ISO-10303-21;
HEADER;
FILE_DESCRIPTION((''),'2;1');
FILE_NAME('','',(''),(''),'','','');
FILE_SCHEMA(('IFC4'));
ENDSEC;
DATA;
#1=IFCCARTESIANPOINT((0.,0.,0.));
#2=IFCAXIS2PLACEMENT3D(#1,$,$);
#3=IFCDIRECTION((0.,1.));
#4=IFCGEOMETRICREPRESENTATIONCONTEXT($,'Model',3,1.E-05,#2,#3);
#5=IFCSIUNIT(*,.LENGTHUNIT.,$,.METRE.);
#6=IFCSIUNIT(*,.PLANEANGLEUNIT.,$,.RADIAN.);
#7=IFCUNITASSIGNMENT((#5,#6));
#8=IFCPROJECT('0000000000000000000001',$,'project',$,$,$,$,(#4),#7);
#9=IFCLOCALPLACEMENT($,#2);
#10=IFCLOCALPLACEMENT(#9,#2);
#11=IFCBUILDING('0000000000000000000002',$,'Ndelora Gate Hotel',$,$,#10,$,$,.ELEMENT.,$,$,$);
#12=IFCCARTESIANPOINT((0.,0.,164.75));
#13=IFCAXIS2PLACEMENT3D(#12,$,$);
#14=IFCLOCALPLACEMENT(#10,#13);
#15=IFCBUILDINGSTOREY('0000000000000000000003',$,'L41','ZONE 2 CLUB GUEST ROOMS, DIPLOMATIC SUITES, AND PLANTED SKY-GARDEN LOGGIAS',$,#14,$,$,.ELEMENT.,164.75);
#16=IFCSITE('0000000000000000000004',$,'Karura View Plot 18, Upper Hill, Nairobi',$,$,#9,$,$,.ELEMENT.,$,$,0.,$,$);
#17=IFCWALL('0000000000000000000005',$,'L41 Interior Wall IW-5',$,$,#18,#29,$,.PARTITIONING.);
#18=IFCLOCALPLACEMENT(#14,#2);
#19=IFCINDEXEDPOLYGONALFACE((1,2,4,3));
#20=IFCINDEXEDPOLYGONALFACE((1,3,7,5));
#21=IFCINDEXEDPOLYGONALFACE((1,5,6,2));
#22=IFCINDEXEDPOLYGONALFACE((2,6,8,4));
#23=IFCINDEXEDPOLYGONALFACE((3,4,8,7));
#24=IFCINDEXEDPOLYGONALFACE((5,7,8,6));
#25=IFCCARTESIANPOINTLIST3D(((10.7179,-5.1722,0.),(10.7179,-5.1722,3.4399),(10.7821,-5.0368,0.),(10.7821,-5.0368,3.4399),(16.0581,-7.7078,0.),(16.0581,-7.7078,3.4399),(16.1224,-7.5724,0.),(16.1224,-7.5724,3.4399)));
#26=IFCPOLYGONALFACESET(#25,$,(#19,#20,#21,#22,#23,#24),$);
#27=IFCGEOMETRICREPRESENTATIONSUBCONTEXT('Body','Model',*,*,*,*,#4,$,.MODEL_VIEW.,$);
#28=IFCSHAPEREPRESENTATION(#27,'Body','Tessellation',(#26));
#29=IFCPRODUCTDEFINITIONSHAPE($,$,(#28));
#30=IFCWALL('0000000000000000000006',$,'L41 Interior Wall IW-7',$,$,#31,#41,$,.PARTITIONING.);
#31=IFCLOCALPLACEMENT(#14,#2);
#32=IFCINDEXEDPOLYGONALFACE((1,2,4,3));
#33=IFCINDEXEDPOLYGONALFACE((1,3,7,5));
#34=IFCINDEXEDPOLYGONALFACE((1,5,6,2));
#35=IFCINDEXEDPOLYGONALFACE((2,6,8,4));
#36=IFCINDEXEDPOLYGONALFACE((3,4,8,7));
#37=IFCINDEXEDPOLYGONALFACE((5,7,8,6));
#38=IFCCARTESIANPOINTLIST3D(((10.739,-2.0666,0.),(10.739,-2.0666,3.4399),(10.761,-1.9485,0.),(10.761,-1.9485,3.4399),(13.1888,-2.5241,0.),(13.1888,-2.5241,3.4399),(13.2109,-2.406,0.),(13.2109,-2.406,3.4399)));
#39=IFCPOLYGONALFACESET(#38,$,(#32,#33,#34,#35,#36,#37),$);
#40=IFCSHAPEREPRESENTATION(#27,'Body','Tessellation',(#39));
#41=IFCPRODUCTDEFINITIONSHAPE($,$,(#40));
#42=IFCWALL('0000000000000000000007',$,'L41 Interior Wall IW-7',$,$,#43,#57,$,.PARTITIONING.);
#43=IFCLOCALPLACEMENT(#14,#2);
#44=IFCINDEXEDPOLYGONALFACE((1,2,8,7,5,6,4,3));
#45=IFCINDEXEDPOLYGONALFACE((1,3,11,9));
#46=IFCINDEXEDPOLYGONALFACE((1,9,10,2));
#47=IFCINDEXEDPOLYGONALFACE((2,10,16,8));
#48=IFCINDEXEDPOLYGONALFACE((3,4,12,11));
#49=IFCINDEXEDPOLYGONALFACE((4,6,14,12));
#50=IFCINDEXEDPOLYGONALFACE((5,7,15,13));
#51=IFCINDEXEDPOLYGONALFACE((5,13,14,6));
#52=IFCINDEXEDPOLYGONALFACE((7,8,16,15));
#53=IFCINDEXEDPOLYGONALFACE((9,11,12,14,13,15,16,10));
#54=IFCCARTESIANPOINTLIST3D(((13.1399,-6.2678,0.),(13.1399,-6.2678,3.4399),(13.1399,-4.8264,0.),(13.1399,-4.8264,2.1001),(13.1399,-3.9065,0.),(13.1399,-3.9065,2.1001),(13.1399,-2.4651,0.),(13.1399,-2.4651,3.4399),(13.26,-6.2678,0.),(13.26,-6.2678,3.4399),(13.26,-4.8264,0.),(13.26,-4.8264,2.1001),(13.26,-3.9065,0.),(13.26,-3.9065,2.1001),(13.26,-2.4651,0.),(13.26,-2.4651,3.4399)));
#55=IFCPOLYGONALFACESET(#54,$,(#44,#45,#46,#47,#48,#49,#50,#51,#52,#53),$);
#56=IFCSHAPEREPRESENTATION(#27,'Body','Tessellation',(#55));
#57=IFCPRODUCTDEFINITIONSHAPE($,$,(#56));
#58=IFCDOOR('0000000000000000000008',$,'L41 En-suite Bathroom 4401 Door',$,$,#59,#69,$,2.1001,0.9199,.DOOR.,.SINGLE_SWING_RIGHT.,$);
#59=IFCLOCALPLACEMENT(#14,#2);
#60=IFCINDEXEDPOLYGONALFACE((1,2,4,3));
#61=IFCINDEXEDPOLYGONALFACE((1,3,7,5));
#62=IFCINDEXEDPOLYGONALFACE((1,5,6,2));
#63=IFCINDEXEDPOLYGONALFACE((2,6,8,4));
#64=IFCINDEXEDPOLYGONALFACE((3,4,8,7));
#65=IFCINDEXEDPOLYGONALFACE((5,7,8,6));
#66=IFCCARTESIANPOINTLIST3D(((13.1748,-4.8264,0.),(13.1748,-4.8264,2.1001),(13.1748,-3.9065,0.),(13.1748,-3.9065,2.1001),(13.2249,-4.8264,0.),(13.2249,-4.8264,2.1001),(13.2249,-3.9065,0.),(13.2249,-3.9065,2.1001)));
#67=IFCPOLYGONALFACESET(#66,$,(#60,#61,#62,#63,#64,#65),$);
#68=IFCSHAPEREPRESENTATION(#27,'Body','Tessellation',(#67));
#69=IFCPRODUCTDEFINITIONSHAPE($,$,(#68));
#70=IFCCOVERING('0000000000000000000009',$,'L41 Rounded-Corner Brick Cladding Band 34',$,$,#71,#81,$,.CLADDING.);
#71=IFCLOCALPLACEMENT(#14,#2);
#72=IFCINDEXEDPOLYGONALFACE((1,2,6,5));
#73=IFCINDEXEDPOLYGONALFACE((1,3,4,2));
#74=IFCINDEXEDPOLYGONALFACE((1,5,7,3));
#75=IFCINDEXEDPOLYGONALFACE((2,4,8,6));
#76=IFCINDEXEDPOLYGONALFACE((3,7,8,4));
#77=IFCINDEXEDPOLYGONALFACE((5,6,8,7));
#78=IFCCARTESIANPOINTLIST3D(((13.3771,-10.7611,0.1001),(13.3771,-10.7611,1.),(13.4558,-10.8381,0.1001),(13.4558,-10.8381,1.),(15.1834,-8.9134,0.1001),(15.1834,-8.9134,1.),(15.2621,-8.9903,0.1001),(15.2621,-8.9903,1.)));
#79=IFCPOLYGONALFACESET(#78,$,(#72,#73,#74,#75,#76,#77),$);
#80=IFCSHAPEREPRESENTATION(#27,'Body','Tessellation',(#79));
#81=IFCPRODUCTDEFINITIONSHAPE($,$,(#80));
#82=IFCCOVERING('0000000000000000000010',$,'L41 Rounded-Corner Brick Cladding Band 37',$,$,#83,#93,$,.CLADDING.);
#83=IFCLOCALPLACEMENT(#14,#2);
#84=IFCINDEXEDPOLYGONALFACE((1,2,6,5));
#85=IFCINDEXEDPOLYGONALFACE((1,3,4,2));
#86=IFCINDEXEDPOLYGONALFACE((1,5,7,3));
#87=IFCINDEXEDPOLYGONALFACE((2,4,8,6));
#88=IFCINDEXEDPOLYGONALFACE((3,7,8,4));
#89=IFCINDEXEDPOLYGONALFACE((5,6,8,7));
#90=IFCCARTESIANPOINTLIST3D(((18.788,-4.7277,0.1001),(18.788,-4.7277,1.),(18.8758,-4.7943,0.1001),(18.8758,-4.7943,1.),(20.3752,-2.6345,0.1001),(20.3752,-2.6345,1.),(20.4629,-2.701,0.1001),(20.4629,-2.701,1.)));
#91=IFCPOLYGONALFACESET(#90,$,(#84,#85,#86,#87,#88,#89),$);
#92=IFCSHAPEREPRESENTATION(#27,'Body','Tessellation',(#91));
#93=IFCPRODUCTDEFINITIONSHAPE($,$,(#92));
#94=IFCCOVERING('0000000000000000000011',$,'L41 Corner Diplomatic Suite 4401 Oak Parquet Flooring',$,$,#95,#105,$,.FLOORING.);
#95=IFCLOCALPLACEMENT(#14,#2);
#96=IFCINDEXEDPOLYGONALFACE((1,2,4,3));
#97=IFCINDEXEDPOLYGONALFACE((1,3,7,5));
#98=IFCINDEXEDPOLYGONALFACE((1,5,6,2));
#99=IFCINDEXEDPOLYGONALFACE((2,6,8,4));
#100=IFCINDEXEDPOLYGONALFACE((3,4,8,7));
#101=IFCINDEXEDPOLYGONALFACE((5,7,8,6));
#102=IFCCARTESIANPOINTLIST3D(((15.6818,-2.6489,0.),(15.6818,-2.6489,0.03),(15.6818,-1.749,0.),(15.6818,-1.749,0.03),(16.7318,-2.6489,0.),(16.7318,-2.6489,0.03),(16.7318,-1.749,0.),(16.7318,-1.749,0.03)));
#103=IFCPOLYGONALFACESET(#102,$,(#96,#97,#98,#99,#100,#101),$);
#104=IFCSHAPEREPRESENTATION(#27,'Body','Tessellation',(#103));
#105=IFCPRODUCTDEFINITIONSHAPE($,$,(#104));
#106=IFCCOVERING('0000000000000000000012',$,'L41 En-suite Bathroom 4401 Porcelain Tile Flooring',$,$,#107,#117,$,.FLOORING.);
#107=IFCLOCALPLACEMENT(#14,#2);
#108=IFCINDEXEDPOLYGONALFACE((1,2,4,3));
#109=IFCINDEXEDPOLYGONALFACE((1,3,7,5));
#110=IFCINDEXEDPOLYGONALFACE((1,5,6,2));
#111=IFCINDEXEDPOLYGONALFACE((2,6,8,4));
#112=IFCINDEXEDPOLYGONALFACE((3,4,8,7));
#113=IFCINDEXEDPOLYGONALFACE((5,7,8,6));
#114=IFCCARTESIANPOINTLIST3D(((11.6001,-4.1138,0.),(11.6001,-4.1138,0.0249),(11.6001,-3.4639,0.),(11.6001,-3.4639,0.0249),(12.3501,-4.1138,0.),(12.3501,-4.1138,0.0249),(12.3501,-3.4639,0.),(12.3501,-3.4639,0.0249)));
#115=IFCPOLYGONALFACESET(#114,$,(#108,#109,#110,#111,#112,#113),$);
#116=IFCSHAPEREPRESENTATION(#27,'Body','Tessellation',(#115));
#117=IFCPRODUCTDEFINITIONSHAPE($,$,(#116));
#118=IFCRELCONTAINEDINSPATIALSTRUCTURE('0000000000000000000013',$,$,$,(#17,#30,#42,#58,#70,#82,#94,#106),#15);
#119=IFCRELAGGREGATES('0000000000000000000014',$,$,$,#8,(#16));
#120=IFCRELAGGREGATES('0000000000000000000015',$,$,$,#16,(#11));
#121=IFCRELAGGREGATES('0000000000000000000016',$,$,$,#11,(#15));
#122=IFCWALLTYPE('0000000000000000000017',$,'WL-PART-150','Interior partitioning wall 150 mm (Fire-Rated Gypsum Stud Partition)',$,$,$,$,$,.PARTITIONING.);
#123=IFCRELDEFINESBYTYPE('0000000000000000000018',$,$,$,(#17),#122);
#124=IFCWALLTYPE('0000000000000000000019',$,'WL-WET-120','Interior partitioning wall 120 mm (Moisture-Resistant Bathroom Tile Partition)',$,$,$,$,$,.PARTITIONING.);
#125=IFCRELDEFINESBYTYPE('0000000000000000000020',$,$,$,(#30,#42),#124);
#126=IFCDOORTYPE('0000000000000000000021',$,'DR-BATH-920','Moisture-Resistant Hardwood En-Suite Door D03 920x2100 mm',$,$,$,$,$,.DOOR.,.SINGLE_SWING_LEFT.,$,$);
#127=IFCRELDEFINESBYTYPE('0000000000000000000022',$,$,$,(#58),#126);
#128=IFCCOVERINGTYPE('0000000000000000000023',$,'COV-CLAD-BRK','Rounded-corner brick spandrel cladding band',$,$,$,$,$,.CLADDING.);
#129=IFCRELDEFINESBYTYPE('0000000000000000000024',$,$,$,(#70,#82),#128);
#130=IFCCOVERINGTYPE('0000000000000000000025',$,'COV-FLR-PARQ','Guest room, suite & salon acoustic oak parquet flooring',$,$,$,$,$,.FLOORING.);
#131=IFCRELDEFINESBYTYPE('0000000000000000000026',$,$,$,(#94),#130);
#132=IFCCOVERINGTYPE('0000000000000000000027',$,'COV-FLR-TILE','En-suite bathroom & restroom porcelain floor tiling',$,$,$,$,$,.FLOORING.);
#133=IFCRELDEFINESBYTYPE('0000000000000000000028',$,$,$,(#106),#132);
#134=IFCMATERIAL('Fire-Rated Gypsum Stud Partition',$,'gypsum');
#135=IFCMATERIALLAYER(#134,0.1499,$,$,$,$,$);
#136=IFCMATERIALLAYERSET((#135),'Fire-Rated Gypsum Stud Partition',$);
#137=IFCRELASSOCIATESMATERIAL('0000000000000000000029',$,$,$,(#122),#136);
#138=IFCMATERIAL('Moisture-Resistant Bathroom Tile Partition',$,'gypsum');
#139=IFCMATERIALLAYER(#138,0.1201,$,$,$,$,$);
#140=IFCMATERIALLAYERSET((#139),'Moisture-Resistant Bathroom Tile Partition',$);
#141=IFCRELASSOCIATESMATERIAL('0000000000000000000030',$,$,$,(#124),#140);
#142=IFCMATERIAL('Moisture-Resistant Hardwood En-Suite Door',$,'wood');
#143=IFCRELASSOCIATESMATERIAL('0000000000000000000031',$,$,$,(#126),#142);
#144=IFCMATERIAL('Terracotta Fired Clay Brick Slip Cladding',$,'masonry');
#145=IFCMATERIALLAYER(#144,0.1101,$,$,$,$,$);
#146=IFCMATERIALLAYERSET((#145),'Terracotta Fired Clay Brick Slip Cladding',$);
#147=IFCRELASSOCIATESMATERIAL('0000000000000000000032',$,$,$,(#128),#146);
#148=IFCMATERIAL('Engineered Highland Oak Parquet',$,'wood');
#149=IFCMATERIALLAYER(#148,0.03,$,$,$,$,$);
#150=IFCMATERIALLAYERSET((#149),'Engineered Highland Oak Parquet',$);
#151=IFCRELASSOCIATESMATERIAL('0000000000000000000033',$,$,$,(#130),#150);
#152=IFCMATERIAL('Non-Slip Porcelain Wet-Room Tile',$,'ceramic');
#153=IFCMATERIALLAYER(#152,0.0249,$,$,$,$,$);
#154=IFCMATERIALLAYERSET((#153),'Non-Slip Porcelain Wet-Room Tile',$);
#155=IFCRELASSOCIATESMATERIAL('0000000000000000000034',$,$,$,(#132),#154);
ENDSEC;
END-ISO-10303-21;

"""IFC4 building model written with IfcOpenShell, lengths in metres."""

from ifc_helpers import new_model, si_unit, direction, frame, frame_2d, origin, origin_2d, place, context, subcontext, project, spatial, rectangle, extrude, material, layer, layer_set, type_object, element, fill, save


model = new_model("IFC4")

# Units and contexts
model_context = context("Model", 3, precision=1e-05, world=origin(), true_north=direction((0.0, 1.0)))
body_context = subcontext(model_context, "Body", "Model", "MODEL_VIEW")
ifc_project = project(units=[si_unit("LENGTHUNIT", "METRE"), si_unit("PLANEANGLEUNIT", "RADIAN")], contexts=[model_context])

# Site, building, storey
site_placement = place(None, origin())
site = spatial("IfcSite", under=ifc_project, at=site_placement, Name="Karura View Plot 18, Upper Hill, Nairobi", CompositionType="ELEMENT", RefElevation=0.0)
building_placement = place(site_placement, origin())
building = spatial("IfcBuilding", under=site, at=building_placement, Name="Ndelora Gate Hotel", CompositionType="ELEMENT")
storey_placement = place(building_placement, frame((0.0, 0.0, 164.75)))
storey = spatial("IfcBuildingStorey", under=building, at=storey_placement, Name="L41", Description="ZONE 2 CLUB GUEST ROOMS, DIPLOMATIC SUITES, AND PLANTED SKY-GARDEN LOGGIAS", CompositionType="ELEMENT", Elevation=164.75)

# Shared definitions
ifc_material_1 = material(Name="Fire-Rated Gypsum Stud Partition", Category="gypsum")
ifc_layer_1 = layer(ifc_material_1, 0.1499)
ifc_layer_set_1 = layer_set([ifc_layer_1], Name="Fire-Rated Gypsum Stud Partition")
wall_type_1 = type_object("IfcWallType", Name="WL-PART-150", Description="Interior partitioning wall 150 mm (Fire-Rated Gypsum Stud Partition)", PredefinedType="PARTITIONING", material=ifc_layer_set_1)

# Walls
wall_1_placement = place(storey_placement, frame((10.75, -5.1045, 0.0), z_axis=(0.0, 0.0, 1.0), x_axis=(0.903344, -0.428917, 0.0)))
element("IfcWall", 1, at=wall_1_placement, inside=storey, type_object=wall_type_1, Name="L41 Interior Wall IW-5", PredefinedType="PARTITIONING", context=body_context, shape_type="SweptSolid", body=[
    extrude(rectangle(XDim=5.9116, YDim=0.1499, at=frame_2d((2.9558, 0.0))), origin(), (0.0, 0.0, 1.0), 3.4399),
])
ifc_material_2 = material(Name="Moisture-Resistant Bathroom Tile Partition", Category="gypsum")
ifc_layer_2 = layer(ifc_material_2, 0.1201)
ifc_layer_set_2 = layer_set([ifc_layer_2], Name="Moisture-Resistant Bathroom Tile Partition")
wall_type_2 = type_object("IfcWallType", Name="WL-WET-120", Description="Interior partitioning wall 120 mm (Moisture-Resistant Bathroom Tile Partition)", PredefinedType="PARTITIONING", material=ifc_layer_set_2)
wall_2_placement = place(storey_placement, frame((10.75, -2.0076, 0.0), z_axis=(0.0, 0.0, 1.0), x_axis=(0.983006, -0.183573, 0.0)))
element("IfcWall", 2, at=wall_2_placement, inside=storey, type_object=wall_type_2, Name="L41 Interior Wall IW-7", PredefinedType="PARTITIONING", context=body_context, shape_type="SweptSolid", body=[
    extrude(rectangle(XDim=2.4922, YDim=0.1201, at=frame_2d((1.2461, 0.0))), origin(), (0.0, 0.0, 1.0), 3.4399),
])

# Wall, opening, door
wall_3_placement = place(storey_placement, frame((13.2, -2.4651, 0.0), z_axis=(0.0, 0.0, 1.0), x_axis=(0.0, -1.0, 0.0)))
wall_3 = element("IfcWall", 3, at=wall_3_placement, inside=storey, type_object=wall_type_2, Name="L41 Interior Wall IW-7", PredefinedType="PARTITIONING", context=body_context, shape_type="SweptSolid", body=[
    extrude(rectangle(XDim=3.8027, YDim=0.1201, at=frame_2d((1.9014, 0.0))), origin(), (0.0, 0.0, 1.0), 3.4399),
])
opening_1_placement = place(wall_3_placement, frame((1.4414, 0.0, 0.0)))
opening_1 = element("IfcOpeningElement", 4, at=opening_1_placement, cuts=wall_3, PredefinedType="OPENING", context=body_context, shape_type="SweptSolid", body=[
    extrude(rectangle(XDim=0.9199, YDim=2.1001, at=frame_2d((0.46, 1.05))), frame((0.0, 0.0701, 0.0), z_axis=(0.0, -1.0, 0.0), x_axis=(1.0, 0.0, 0.0)), (0.0, 0.0, 1.0), 0.1401),
])
ifc_material_3 = material(Name="Moisture-Resistant Hardwood En-Suite Door", Category="wood")
door_type_1 = type_object("IfcDoorType", Name="DR-BATH-920", Description="Moisture-Resistant Hardwood En-Suite Door D03 920x2100 mm", OperationType="SINGLE_SWING_LEFT", PredefinedType="DOOR", material=ifc_material_3)
door_1_placement = place(opening_1_placement, origin())
door_1 = element("IfcDoor", 5, at=door_1_placement, inside=storey, type_object=door_type_1, Name="L41 En-suite Bathroom 4401 Door", OperationType="SINGLE_SWING_RIGHT", OverallHeight=2.1001, OverallWidth=0.9199, PredefinedType="DOOR", context=body_context, shape_type="SweptSolid", body=[
    extrude(rectangle(XDim=0.9199, YDim=2.1001, at=frame_2d((0.46, 1.05))), frame((0.0, 0.0249, 0.0), z_axis=(0.0, -1.0, 0.0), x_axis=(1.0, 0.0, 0.0)), (0.0, 0.0, 1.0), 0.05),
])
fill(opening_1, door_1)

# Coverings
ifc_material_4 = material(Name="Terracotta Fired Clay Brick Slip Cladding", Category="masonry")
ifc_layer_3 = layer(ifc_material_4, 0.1101)
ifc_layer_set_3 = layer_set([ifc_layer_3], Name="Terracotta Fired Clay Brick Slip Cladding")
covering_type_1 = type_object("IfcCoveringType", Name="COV-CLAD-BRK", Description="Rounded-corner brick spandrel cladding band", PredefinedType="CLADDING", material=ifc_layer_set_3)
covering_1_placement = place(storey_placement, frame((14.3196, -9.8757, 0.1001), z_axis=(0.0, 0.0, 1.0), x_axis=(0.69904, 0.715083, 0.0)))
element("IfcCovering", 6, at=covering_1_placement, inside=storey, type_object=covering_type_1, Name="L41 Rounded-Corner Brick Cladding Band 34", PredefinedType="CLADDING", context=body_context, shape_type="SweptSolid", body=[
    extrude(rectangle(XDim=2.584, YDim=0.1101, at=origin_2d()), origin(), (0.0, 0.0, 1.0), 0.8999),
])
covering_2_placement = place(storey_placement, frame((19.6255, -3.7144, 0.1001), z_axis=(0.0, 0.0, 1.0), x_axis=(0.604182, 0.796846, 0.0)))
element("IfcCovering", 7, at=covering_2_placement, inside=storey, type_object=covering_type_1, Name="L41 Rounded-Corner Brick Cladding Band 37", PredefinedType="CLADDING", context=body_context, shape_type="SweptSolid", body=[
    extrude(rectangle(XDim=2.627, YDim=0.1101, at=origin_2d()), origin(), (0.0, 0.0, 1.0), 0.8999),
])
ifc_material_5 = material(Name="Engineered Highland Oak Parquet", Category="wood")
ifc_layer_4 = layer(ifc_material_5, 0.03)
ifc_layer_set_4 = layer_set([ifc_layer_4], Name="Engineered Highland Oak Parquet")
covering_type_2 = type_object("IfcCoveringType", Name="COV-FLR-PARQ", Description="Guest room, suite & salon acoustic oak parquet flooring", PredefinedType="FLOORING", material=ifc_layer_set_4)
covering_3_placement = place(storey_placement, frame((16.2068, -2.199, 0.0), z_axis=(0.0, 0.0, 1.0), x_axis=(1.0, 0.0, 0.0)))
element("IfcCovering", 8, at=covering_3_placement, inside=storey, type_object=covering_type_2, Name="L41 Corner Diplomatic Suite 4401 Oak Parquet Flooring", PredefinedType="FLOORING", context=body_context, shape_type="SweptSolid", body=[
    extrude(rectangle(XDim=1.05, YDim=0.8999, at=origin_2d()), origin(), (0.0, 0.0, 1.0), 0.03),
])
ifc_material_6 = material(Name="Non-Slip Porcelain Wet-Room Tile", Category="ceramic")
ifc_layer_5 = layer(ifc_material_6, 0.0249)
ifc_layer_set_5 = layer_set([ifc_layer_5], Name="Non-Slip Porcelain Wet-Room Tile")
covering_type_3 = type_object("IfcCoveringType", Name="COV-FLR-TILE", Description="En-suite bathroom & restroom porcelain floor tiling", PredefinedType="FLOORING", material=ifc_layer_set_5)
covering_4_placement = place(storey_placement, frame((11.9751, -3.7888, 0.0), z_axis=(0.0, 0.0, 1.0), x_axis=(1.0, 0.0, 0.0)))
element("IfcCovering", 9, at=covering_4_placement, inside=storey, type_object=covering_type_3, Name="L41 En-suite Bathroom 4401 Porcelain Tile Flooring", PredefinedType="FLOORING", context=body_context, shape_type="SweptSolid", body=[
    extrude(rectangle(XDim=0.75, YDim=0.6499, at=origin_2d()), origin(), (0.0, 0.0, 1.0), 0.0249),
])

save(model, "model.ifc")
